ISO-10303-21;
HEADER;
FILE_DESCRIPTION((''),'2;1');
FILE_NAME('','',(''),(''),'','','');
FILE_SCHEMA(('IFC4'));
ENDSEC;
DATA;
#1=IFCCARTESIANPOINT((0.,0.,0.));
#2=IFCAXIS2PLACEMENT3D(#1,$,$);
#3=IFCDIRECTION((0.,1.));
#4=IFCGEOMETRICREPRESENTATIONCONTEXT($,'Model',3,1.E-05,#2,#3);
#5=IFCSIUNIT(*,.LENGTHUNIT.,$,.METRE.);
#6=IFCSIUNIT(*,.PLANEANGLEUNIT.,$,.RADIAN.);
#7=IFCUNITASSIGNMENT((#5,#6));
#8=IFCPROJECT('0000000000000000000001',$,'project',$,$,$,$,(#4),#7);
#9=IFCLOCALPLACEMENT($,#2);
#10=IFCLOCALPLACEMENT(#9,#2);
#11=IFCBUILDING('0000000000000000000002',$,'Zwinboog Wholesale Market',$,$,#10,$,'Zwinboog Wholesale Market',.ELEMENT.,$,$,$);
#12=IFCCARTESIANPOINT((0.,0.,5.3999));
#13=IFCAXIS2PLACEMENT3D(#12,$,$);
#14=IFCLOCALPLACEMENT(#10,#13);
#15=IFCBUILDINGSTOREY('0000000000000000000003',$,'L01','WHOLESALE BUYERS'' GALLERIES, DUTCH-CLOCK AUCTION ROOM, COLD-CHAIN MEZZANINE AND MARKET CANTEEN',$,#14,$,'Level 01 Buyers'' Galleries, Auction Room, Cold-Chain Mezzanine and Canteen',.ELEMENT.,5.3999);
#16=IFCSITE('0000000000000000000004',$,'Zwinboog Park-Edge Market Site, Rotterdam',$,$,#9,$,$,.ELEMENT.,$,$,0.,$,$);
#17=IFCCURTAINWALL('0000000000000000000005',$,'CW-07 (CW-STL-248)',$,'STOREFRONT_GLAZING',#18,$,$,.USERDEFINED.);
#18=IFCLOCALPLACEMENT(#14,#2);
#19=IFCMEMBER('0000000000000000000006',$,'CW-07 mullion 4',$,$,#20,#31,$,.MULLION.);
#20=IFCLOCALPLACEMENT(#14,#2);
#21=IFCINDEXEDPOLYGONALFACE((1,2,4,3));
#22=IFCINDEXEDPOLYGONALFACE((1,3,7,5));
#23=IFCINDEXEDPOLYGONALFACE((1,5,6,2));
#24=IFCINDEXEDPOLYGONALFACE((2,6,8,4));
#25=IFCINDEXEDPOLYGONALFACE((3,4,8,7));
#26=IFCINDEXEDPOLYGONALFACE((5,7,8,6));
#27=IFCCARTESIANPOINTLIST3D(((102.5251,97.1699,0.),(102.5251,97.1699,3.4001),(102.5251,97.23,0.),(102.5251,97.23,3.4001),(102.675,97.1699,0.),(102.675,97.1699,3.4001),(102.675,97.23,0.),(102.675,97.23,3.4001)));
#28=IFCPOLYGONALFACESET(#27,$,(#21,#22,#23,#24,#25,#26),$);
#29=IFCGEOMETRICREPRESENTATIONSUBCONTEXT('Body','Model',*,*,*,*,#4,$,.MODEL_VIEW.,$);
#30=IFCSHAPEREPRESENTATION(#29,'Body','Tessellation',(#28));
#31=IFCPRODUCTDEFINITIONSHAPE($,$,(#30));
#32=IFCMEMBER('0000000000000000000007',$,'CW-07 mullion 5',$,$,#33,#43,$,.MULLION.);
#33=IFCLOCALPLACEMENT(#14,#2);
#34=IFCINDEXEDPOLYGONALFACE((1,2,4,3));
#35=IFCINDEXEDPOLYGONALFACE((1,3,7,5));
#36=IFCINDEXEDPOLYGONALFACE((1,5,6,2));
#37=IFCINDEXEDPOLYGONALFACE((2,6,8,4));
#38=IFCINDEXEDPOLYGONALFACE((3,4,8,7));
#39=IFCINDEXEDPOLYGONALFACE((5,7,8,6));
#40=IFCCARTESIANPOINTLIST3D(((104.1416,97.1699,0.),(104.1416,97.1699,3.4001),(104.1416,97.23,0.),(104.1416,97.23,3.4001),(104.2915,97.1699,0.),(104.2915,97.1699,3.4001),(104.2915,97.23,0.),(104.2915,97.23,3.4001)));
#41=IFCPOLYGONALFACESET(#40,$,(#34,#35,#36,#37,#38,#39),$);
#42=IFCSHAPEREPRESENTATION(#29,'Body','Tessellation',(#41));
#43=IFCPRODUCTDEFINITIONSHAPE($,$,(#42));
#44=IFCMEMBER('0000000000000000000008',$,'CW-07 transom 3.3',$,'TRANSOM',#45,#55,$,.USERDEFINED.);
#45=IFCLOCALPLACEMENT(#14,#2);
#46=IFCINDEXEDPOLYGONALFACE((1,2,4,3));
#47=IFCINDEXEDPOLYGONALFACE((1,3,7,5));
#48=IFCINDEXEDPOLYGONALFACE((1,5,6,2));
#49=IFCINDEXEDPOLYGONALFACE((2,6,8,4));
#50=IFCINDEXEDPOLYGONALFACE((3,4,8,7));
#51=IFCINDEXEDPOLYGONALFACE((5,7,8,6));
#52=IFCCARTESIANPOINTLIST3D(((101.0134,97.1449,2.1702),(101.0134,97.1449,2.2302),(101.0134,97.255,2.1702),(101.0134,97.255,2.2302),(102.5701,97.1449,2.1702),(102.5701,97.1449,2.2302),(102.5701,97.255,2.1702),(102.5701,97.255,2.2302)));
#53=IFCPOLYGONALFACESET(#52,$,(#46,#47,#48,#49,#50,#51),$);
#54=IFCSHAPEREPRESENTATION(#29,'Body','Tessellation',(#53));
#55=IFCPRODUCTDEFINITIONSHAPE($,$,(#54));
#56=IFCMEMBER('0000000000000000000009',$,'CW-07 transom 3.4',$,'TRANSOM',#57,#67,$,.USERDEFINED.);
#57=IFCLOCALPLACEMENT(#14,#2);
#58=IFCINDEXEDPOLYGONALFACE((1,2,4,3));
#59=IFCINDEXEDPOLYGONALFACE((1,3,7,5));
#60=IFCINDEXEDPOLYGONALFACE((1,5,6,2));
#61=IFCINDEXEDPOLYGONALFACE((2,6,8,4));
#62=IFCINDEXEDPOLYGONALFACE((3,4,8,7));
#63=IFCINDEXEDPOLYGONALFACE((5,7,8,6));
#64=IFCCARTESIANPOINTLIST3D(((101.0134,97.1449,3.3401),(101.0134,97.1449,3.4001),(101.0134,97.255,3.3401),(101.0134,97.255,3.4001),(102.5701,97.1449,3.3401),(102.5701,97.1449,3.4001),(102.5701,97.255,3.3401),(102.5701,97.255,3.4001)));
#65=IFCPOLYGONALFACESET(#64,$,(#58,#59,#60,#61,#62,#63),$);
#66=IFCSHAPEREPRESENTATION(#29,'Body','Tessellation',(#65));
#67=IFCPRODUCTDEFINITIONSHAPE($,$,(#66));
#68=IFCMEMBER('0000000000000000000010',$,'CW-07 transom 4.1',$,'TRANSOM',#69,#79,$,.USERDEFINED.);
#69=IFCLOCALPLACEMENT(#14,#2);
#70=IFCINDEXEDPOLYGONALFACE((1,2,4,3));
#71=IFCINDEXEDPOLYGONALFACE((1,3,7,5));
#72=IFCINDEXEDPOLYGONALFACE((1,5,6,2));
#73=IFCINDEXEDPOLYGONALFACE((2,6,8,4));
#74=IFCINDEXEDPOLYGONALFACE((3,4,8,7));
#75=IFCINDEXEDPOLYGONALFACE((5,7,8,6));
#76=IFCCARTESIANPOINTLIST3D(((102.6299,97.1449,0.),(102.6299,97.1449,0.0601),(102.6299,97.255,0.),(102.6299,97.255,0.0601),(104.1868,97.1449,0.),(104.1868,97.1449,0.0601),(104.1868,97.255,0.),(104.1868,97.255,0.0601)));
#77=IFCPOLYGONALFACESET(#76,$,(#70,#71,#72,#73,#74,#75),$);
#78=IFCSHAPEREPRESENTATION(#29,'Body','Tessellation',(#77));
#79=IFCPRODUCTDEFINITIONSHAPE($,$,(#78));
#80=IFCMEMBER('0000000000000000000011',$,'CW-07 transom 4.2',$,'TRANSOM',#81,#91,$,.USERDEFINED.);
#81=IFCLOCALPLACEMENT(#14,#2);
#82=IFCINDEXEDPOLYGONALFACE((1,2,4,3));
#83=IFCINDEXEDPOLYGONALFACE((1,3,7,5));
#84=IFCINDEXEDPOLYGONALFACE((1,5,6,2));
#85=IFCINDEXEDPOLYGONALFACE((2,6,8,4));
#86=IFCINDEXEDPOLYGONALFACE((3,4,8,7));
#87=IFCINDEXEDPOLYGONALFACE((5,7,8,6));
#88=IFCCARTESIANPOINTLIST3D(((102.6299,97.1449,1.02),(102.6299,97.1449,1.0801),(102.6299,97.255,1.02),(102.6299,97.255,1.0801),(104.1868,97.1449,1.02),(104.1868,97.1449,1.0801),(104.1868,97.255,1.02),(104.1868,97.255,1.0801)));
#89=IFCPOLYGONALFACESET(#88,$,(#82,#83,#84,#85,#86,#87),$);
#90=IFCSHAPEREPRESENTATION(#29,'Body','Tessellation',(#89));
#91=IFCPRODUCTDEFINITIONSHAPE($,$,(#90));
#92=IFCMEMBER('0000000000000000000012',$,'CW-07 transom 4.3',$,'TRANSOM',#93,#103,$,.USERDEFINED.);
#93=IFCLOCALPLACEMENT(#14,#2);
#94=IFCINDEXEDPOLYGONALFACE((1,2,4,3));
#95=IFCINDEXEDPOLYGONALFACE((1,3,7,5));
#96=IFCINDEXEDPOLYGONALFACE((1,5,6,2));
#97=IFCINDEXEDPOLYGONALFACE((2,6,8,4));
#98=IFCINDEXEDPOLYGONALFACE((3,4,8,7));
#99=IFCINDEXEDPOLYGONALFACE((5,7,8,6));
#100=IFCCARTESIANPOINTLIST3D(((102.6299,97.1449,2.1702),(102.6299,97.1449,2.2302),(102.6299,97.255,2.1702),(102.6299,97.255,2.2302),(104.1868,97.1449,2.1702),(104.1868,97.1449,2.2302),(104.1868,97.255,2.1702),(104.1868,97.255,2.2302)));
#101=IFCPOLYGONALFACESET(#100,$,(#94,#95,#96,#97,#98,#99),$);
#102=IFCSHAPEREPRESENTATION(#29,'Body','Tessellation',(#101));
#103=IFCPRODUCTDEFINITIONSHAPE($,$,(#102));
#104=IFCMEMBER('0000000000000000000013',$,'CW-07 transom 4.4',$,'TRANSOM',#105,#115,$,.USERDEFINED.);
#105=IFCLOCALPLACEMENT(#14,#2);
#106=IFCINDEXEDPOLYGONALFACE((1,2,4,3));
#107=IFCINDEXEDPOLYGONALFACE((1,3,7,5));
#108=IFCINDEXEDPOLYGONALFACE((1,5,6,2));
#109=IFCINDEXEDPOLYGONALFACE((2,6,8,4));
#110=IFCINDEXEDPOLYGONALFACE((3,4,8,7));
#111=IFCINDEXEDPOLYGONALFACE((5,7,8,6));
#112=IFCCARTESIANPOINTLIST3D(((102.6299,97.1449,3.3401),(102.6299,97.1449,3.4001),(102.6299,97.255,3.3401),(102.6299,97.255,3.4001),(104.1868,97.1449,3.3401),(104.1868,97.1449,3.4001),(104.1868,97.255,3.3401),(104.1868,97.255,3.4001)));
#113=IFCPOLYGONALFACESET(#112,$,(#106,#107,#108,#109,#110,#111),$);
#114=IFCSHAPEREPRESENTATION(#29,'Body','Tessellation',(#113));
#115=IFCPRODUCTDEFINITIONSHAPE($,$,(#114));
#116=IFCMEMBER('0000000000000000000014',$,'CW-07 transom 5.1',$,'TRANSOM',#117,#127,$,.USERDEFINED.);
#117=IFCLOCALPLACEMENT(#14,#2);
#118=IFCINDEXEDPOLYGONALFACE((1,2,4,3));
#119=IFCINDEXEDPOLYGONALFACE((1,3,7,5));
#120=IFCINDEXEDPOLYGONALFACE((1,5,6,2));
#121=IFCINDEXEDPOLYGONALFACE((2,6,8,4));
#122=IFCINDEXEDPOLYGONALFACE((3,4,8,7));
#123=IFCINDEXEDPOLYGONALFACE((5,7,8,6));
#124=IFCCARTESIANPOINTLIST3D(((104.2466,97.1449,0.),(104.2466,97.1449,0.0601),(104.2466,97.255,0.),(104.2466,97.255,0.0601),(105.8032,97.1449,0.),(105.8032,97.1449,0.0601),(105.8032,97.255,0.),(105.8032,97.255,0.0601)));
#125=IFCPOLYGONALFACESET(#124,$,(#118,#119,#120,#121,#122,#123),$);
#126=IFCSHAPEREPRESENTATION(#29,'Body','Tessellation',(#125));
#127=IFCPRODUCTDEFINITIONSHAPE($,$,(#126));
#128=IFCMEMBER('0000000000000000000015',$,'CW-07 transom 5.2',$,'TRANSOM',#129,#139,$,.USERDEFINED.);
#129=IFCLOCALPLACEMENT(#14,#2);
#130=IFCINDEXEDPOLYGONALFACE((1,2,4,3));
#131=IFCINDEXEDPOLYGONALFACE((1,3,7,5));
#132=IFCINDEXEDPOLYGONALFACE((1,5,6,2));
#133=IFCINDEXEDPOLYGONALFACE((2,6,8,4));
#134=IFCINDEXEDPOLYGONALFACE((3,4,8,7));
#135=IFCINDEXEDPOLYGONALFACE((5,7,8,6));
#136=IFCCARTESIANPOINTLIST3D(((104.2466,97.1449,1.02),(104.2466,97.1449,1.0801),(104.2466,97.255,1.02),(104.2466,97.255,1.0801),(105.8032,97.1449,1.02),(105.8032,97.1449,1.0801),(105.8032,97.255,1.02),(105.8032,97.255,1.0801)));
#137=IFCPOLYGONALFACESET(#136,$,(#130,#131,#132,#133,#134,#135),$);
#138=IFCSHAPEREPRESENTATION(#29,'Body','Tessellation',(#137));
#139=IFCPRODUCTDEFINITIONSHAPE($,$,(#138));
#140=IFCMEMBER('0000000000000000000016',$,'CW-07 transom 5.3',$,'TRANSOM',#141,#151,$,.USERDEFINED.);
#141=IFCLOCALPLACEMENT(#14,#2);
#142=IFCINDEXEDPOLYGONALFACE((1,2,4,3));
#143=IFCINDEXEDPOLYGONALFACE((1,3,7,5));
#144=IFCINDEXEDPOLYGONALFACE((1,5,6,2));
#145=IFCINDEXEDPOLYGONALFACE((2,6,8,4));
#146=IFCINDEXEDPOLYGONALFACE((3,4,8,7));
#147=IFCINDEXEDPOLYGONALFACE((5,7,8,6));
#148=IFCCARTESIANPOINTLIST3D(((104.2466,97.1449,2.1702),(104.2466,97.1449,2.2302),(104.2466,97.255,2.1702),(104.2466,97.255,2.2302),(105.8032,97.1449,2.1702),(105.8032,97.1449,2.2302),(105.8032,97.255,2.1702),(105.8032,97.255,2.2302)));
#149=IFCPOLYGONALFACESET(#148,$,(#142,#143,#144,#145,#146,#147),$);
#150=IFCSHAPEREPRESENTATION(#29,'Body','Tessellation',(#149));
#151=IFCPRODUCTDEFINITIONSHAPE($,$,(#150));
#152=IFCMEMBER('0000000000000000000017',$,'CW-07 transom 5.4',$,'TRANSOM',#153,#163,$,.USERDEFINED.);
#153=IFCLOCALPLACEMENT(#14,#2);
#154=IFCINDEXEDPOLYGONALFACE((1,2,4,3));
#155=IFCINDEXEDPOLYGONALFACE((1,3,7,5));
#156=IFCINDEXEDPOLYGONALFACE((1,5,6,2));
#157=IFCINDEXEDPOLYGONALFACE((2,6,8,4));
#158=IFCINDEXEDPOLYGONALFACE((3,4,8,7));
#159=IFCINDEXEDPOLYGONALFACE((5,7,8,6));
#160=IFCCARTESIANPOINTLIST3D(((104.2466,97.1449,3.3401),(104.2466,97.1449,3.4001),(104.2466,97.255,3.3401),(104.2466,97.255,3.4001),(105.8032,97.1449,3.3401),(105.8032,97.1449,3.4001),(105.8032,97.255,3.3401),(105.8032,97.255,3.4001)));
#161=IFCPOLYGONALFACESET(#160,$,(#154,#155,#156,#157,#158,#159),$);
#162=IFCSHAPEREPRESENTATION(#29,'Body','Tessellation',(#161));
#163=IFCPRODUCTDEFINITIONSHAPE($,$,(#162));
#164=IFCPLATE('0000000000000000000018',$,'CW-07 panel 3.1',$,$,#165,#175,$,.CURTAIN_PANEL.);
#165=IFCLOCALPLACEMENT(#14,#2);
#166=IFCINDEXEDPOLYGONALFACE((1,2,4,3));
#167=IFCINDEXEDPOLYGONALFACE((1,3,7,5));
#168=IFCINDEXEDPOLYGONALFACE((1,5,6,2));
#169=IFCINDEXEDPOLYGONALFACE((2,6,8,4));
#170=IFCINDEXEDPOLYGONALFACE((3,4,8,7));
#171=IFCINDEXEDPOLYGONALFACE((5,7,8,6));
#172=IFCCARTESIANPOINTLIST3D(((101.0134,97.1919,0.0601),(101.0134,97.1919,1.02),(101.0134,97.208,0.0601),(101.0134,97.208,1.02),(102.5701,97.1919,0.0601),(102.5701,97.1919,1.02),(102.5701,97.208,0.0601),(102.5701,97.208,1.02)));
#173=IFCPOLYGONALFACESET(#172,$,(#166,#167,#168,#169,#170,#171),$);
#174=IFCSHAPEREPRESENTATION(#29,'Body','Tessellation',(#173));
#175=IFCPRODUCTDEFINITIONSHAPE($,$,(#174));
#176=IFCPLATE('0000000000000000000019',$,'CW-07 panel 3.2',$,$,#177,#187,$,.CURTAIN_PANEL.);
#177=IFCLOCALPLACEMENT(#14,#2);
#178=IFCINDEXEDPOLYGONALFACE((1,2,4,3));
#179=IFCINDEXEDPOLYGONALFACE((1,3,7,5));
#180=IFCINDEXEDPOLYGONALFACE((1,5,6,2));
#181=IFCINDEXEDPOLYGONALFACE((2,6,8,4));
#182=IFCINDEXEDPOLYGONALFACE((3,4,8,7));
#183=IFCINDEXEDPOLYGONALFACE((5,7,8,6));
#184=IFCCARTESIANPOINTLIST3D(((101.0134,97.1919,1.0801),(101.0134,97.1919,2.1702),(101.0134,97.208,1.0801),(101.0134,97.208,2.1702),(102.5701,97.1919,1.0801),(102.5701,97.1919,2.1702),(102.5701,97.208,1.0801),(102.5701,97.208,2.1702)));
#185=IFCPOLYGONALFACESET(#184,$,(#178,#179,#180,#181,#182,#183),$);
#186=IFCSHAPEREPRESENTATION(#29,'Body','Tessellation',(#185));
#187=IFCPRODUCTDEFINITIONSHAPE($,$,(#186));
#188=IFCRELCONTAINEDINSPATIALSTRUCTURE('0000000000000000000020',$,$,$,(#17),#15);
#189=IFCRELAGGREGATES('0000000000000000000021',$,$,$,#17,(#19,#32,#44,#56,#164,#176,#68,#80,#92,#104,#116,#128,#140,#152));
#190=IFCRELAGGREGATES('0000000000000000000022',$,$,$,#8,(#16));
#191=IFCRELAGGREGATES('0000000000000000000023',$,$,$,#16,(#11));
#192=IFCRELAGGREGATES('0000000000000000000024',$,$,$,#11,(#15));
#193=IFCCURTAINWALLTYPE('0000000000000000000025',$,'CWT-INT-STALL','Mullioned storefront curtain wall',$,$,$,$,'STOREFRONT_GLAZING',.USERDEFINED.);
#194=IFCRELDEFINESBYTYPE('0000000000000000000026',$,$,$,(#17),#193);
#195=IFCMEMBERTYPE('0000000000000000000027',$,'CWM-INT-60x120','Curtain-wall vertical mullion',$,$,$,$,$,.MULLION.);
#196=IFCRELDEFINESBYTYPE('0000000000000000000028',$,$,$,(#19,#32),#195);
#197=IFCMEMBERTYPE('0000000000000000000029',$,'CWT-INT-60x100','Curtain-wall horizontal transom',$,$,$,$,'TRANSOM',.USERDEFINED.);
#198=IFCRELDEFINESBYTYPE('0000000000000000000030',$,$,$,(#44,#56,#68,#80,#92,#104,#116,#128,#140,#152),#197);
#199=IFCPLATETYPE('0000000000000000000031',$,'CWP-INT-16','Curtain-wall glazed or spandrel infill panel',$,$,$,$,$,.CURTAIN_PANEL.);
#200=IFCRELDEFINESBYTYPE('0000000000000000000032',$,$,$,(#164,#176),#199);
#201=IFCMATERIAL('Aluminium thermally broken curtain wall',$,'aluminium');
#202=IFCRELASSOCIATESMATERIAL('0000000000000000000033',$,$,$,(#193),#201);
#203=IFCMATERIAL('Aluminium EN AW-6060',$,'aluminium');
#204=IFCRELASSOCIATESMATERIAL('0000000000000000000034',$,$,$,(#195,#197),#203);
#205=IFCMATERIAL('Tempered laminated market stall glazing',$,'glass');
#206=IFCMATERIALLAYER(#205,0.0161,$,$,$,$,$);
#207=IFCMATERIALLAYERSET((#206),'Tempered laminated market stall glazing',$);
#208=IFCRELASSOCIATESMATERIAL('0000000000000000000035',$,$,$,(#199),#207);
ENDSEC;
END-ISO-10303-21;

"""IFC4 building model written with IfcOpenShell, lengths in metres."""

from ifc_helpers import new_model, si_unit, direction, frame, origin, origin_2d, place, context, subcontext, project, spatial, rectangle, extrude, material, layer, layer_set, material_profile, profile_set, type_object, element, aggregate, save


model = new_model("IFC4")

# Units and contexts
model_context = context("Model", 3, precision=1e-05, world=origin(), true_north=direction((0.0, 1.0)))
body_context = subcontext(model_context, "Body", "Model", "MODEL_VIEW")
ifc_project = project(units=[si_unit("LENGTHUNIT", "METRE"), si_unit("PLANEANGLEUNIT", "RADIAN")], contexts=[model_context])

# Site, building, storey
site_placement = place(None, origin())
site = spatial("IfcSite", under=ifc_project, at=site_placement, Name="Zwinboog Park-Edge Market Site, Rotterdam", CompositionType="ELEMENT", RefElevation=0.0)
building_placement = place(site_placement, origin())
building = spatial("IfcBuilding", under=site, at=building_placement, Name="Zwinboog Wholesale Market", LongName="Zwinboog Wholesale Market", CompositionType="ELEMENT")
storey_placement = place(building_placement, frame((0.0, 0.0, 5.3999)))
storey = spatial("IfcBuildingStorey", under=building, at=storey_placement, Name="L01", Description="WHOLESALE BUYERS' GALLERIES, DUTCH-CLOCK AUCTION ROOM, COLD-CHAIN MEZZANINE AND MARKET CANTEEN", LongName="Level 01 Buyers' Galleries, Auction Room, Cold-Chain Mezzanine and Canteen", CompositionType="ELEMENT", Elevation=5.3999)

# Curtain wall, members, plates
ifc_material_1 = material(Name="Aluminium thermally broken curtain wall", Category="aluminium")
curtain_wall_type = type_object("IfcCurtainWallType", Name="CWT-INT-STALL", Description="Mullioned storefront curtain wall", ElementType="STOREFRONT_GLAZING", PredefinedType="USERDEFINED", material=ifc_material_1)
curtain_wall_placement = place(storey_placement, origin())
curtain_wall = element("IfcCurtainWall", 1, at=curtain_wall_placement, inside=storey, type_object=curtain_wall_type, Name="CW-07 (CW-STL-248)", ObjectType="STOREFRONT_GLAZING", PredefinedType="USERDEFINED")
ifc_material_2 = material(Name="Aluminium EN AW-6060", Category="aluminium")
ifc_material_profile_1 = material_profile(ifc_material_2, rectangle(XDim=0.0601, YDim=0.1499, at=origin_2d()), Name="AL 60x150")
ifc_profile_set_1 = profile_set([ifc_material_profile_1], Name="Aluminium EN AW-6060")
member_type_1 = type_object("IfcMemberType", Name="CWM-INT-60x120", Description="Curtain-wall vertical mullion", PredefinedType="MULLION", material=ifc_profile_set_1)
member_1_placement = place(storey_placement, frame((102.6001, 97.2, 0.0), z_axis=(0.0, 0.0, 1.0), x_axis=(0.0, 1.0, 0.0)))
member_1 = element("IfcMember", 2, at=member_1_placement, type_object=member_type_1, Name="CW-07 mullion 4", PredefinedType="MULLION", context=body_context, shape_type="SweptSolid", body=[
    extrude(rectangle(XDim=0.0601, YDim=0.1499, at=origin_2d()), origin(), (0.0, 0.0, 1.0), 3.4001),
])
member_2_placement = place(storey_placement, frame((104.2166, 97.2, 0.0), z_axis=(0.0, 0.0, 1.0), x_axis=(0.0, 1.0, 0.0)))
member_2 = element("IfcMember", 3, at=member_2_placement, type_object=member_type_1, Name="CW-07 mullion 5", PredefinedType="MULLION", context=body_context, shape_type="SweptSolid", body=[
    extrude(rectangle(XDim=0.0601, YDim=0.1499, at=origin_2d()), origin(), (0.0, 0.0, 1.0), 3.4001),
])
ifc_material_profile_2 = material_profile(ifc_material_2, rectangle(XDim=0.1101, YDim=0.0601, at=origin_2d()), Name="AL 60x110")
ifc_profile_set_2 = profile_set([ifc_material_profile_2], Name="Aluminium EN AW-6060")
member_type_2 = type_object("IfcMemberType", Name="CWT-INT-60x100", Description="Curtain-wall horizontal transom", ElementType="TRANSOM", PredefinedType="USERDEFINED", material=ifc_profile_set_2)
member_3_placement = place(storey_placement, frame((101.0134, 97.2, 2.2002), z_axis=(1.0, 0.0, 0.0), x_axis=(0.0, 1.0, 0.0)))
member_3 = element("IfcMember", 4, at=member_3_placement, type_object=member_type_2, Name="CW-07 transom 3.3", ObjectType="TRANSOM", PredefinedType="USERDEFINED", context=body_context, shape_type="SweptSolid", body=[
    extrude(rectangle(XDim=0.1101, YDim=0.0601, at=origin_2d()), origin(), (0.0, 0.0, 1.0), 1.5566),
])
member_4_placement = place(storey_placement, frame((101.0134, 97.2, 3.3701), z_axis=(1.0, 0.0, 0.0), x_axis=(0.0, 1.0, 0.0)))
member_4 = element("IfcMember", 5, at=member_4_placement, type_object=member_type_2, Name="CW-07 transom 3.4", ObjectType="TRANSOM", PredefinedType="USERDEFINED", context=body_context, shape_type="SweptSolid", body=[
    extrude(rectangle(XDim=0.1101, YDim=0.0601, at=origin_2d()), origin(), (0.0, 0.0, 1.0), 1.5566),
])
member_5_placement = place(storey_placement, frame((102.6299, 97.2, 0.03), z_axis=(1.0, 0.0, 0.0), x_axis=(0.0, 1.0, 0.0)))
member_5 = element("IfcMember", 6, at=member_5_placement, type_object=member_type_2, Name="CW-07 transom 4.1", ObjectType="TRANSOM", PredefinedType="USERDEFINED", context=body_context, shape_type="SweptSolid", body=[
    extrude(rectangle(XDim=0.1101, YDim=0.0601, at=origin_2d()), origin(), (0.0, 0.0, 1.0), 1.5569),
])
member_6_placement = place(storey_placement, frame((102.6299, 97.2, 1.05), z_axis=(1.0, 0.0, 0.0), x_axis=(0.0, 1.0, 0.0)))
member_6 = element("IfcMember", 7, at=member_6_placement, type_object=member_type_2, Name="CW-07 transom 4.2", ObjectType="TRANSOM", PredefinedType="USERDEFINED", context=body_context, shape_type="SweptSolid", body=[
    extrude(rectangle(XDim=0.1101, YDim=0.0601, at=origin_2d()), origin(), (0.0, 0.0, 1.0), 1.5569),
])
member_7_placement = place(storey_placement, frame((102.6299, 97.2, 2.2002), z_axis=(1.0, 0.0, 0.0), x_axis=(0.0, 1.0, 0.0)))
member_7 = element("IfcMember", 8, at=member_7_placement, type_object=member_type_2, Name="CW-07 transom 4.3", ObjectType="TRANSOM", PredefinedType="USERDEFINED", context=body_context, shape_type="SweptSolid", body=[
    extrude(rectangle(XDim=0.1101, YDim=0.0601, at=origin_2d()), origin(), (0.0, 0.0, 1.0), 1.5569),
])
member_8_placement = place(storey_placement, frame((102.6299, 97.2, 3.3701), z_axis=(1.0, 0.0, 0.0), x_axis=(0.0, 1.0, 0.0)))
member_8 = element("IfcMember", 9, at=member_8_placement, type_object=member_type_2, Name="CW-07 transom 4.4", ObjectType="TRANSOM", PredefinedType="USERDEFINED", context=body_context, shape_type="SweptSolid", body=[
    extrude(rectangle(XDim=0.1101, YDim=0.0601, at=origin_2d()), origin(), (0.0, 0.0, 1.0), 1.5569),
])
member_9_placement = place(storey_placement, frame((104.2466, 97.2, 0.03), z_axis=(1.0, 0.0, 0.0), x_axis=(0.0, 1.0, 0.0)))
member_9 = element("IfcMember", 10, at=member_9_placement, type_object=member_type_2, Name="CW-07 transom 5.1", ObjectType="TRANSOM", PredefinedType="USERDEFINED", context=body_context, shape_type="SweptSolid", body=[
    extrude(rectangle(XDim=0.1101, YDim=0.0601, at=origin_2d()), origin(), (0.0, 0.0, 1.0), 1.5566),
])
member_10_placement = place(storey_placement, frame((104.2466, 97.2, 1.05), z_axis=(1.0, 0.0, 0.0), x_axis=(0.0, 1.0, 0.0)))
member_10 = element("IfcMember", 11, at=member_10_placement, type_object=member_type_2, Name="CW-07 transom 5.2", ObjectType="TRANSOM", PredefinedType="USERDEFINED", context=body_context, shape_type="SweptSolid", body=[
    extrude(rectangle(XDim=0.1101, YDim=0.0601, at=origin_2d()), origin(), (0.0, 0.0, 1.0), 1.5566),
])
member_11_placement = place(storey_placement, frame((104.2466, 97.2, 2.2002), z_axis=(1.0, 0.0, 0.0), x_axis=(0.0, 1.0, 0.0)))
member_11 = element("IfcMember", 12, at=member_11_placement, type_object=member_type_2, Name="CW-07 transom 5.3", ObjectType="TRANSOM", PredefinedType="USERDEFINED", context=body_context, shape_type="SweptSolid", body=[
    extrude(rectangle(XDim=0.1101, YDim=0.0601, at=origin_2d()), origin(), (0.0, 0.0, 1.0), 1.5566),
])
member_12_placement = place(storey_placement, frame((104.2466, 97.2, 3.3701), z_axis=(1.0, 0.0, 0.0), x_axis=(0.0, 1.0, 0.0)))
member_12 = element("IfcMember", 13, at=member_12_placement, type_object=member_type_2, Name="CW-07 transom 5.4", ObjectType="TRANSOM", PredefinedType="USERDEFINED", context=body_context, shape_type="SweptSolid", body=[
    extrude(rectangle(XDim=0.1101, YDim=0.0601, at=origin_2d()), origin(), (0.0, 0.0, 1.0), 1.5566),
])
ifc_material_3 = material(Name="Tempered laminated market stall glazing", Category="glass")
ifc_layer = layer(ifc_material_3, 0.0161)
ifc_layer_set = layer_set([ifc_layer], Name="Tempered laminated market stall glazing")
plate_type = type_object("IfcPlateType", Name="CWP-INT-16", Description="Curtain-wall glazed or spandrel infill panel", PredefinedType="CURTAIN_PANEL", material=ifc_layer_set)
plate_1_placement = place(storey_placement, frame((101.7917, 97.2, 0.0601), z_axis=(0.0, 0.0, 1.0), x_axis=(1.0, 0.0, 0.0)))
plate_1 = element("IfcPlate", 14, at=plate_1_placement, type_object=plate_type, Name="CW-07 panel 3.1", PredefinedType="CURTAIN_PANEL", context=body_context, shape_type="SweptSolid", body=[
    extrude(rectangle(XDim=1.5566, YDim=0.0161, at=origin_2d()), origin(), (0.0, 0.0, 1.0), 0.96),
])
plate_2_placement = place(storey_placement, frame((101.7917, 97.2, 1.0801), z_axis=(0.0, 0.0, 1.0), x_axis=(1.0, 0.0, 0.0)))
plate_2 = element("IfcPlate", 15, at=plate_2_placement, type_object=plate_type, Name="CW-07 panel 3.2", PredefinedType="CURTAIN_PANEL", context=body_context, shape_type="SweptSolid", body=[
    extrude(rectangle(XDim=1.5566, YDim=0.0161, at=origin_2d()), origin(), (0.0, 0.0, 1.0), 1.0901),
])
aggregate(curtain_wall, [member_1, member_2, member_3, member_4, plate_1, plate_2, member_5, member_6, member_7, member_8, member_9, member_10, member_11, member_12])

save(model, "model.ifc")
